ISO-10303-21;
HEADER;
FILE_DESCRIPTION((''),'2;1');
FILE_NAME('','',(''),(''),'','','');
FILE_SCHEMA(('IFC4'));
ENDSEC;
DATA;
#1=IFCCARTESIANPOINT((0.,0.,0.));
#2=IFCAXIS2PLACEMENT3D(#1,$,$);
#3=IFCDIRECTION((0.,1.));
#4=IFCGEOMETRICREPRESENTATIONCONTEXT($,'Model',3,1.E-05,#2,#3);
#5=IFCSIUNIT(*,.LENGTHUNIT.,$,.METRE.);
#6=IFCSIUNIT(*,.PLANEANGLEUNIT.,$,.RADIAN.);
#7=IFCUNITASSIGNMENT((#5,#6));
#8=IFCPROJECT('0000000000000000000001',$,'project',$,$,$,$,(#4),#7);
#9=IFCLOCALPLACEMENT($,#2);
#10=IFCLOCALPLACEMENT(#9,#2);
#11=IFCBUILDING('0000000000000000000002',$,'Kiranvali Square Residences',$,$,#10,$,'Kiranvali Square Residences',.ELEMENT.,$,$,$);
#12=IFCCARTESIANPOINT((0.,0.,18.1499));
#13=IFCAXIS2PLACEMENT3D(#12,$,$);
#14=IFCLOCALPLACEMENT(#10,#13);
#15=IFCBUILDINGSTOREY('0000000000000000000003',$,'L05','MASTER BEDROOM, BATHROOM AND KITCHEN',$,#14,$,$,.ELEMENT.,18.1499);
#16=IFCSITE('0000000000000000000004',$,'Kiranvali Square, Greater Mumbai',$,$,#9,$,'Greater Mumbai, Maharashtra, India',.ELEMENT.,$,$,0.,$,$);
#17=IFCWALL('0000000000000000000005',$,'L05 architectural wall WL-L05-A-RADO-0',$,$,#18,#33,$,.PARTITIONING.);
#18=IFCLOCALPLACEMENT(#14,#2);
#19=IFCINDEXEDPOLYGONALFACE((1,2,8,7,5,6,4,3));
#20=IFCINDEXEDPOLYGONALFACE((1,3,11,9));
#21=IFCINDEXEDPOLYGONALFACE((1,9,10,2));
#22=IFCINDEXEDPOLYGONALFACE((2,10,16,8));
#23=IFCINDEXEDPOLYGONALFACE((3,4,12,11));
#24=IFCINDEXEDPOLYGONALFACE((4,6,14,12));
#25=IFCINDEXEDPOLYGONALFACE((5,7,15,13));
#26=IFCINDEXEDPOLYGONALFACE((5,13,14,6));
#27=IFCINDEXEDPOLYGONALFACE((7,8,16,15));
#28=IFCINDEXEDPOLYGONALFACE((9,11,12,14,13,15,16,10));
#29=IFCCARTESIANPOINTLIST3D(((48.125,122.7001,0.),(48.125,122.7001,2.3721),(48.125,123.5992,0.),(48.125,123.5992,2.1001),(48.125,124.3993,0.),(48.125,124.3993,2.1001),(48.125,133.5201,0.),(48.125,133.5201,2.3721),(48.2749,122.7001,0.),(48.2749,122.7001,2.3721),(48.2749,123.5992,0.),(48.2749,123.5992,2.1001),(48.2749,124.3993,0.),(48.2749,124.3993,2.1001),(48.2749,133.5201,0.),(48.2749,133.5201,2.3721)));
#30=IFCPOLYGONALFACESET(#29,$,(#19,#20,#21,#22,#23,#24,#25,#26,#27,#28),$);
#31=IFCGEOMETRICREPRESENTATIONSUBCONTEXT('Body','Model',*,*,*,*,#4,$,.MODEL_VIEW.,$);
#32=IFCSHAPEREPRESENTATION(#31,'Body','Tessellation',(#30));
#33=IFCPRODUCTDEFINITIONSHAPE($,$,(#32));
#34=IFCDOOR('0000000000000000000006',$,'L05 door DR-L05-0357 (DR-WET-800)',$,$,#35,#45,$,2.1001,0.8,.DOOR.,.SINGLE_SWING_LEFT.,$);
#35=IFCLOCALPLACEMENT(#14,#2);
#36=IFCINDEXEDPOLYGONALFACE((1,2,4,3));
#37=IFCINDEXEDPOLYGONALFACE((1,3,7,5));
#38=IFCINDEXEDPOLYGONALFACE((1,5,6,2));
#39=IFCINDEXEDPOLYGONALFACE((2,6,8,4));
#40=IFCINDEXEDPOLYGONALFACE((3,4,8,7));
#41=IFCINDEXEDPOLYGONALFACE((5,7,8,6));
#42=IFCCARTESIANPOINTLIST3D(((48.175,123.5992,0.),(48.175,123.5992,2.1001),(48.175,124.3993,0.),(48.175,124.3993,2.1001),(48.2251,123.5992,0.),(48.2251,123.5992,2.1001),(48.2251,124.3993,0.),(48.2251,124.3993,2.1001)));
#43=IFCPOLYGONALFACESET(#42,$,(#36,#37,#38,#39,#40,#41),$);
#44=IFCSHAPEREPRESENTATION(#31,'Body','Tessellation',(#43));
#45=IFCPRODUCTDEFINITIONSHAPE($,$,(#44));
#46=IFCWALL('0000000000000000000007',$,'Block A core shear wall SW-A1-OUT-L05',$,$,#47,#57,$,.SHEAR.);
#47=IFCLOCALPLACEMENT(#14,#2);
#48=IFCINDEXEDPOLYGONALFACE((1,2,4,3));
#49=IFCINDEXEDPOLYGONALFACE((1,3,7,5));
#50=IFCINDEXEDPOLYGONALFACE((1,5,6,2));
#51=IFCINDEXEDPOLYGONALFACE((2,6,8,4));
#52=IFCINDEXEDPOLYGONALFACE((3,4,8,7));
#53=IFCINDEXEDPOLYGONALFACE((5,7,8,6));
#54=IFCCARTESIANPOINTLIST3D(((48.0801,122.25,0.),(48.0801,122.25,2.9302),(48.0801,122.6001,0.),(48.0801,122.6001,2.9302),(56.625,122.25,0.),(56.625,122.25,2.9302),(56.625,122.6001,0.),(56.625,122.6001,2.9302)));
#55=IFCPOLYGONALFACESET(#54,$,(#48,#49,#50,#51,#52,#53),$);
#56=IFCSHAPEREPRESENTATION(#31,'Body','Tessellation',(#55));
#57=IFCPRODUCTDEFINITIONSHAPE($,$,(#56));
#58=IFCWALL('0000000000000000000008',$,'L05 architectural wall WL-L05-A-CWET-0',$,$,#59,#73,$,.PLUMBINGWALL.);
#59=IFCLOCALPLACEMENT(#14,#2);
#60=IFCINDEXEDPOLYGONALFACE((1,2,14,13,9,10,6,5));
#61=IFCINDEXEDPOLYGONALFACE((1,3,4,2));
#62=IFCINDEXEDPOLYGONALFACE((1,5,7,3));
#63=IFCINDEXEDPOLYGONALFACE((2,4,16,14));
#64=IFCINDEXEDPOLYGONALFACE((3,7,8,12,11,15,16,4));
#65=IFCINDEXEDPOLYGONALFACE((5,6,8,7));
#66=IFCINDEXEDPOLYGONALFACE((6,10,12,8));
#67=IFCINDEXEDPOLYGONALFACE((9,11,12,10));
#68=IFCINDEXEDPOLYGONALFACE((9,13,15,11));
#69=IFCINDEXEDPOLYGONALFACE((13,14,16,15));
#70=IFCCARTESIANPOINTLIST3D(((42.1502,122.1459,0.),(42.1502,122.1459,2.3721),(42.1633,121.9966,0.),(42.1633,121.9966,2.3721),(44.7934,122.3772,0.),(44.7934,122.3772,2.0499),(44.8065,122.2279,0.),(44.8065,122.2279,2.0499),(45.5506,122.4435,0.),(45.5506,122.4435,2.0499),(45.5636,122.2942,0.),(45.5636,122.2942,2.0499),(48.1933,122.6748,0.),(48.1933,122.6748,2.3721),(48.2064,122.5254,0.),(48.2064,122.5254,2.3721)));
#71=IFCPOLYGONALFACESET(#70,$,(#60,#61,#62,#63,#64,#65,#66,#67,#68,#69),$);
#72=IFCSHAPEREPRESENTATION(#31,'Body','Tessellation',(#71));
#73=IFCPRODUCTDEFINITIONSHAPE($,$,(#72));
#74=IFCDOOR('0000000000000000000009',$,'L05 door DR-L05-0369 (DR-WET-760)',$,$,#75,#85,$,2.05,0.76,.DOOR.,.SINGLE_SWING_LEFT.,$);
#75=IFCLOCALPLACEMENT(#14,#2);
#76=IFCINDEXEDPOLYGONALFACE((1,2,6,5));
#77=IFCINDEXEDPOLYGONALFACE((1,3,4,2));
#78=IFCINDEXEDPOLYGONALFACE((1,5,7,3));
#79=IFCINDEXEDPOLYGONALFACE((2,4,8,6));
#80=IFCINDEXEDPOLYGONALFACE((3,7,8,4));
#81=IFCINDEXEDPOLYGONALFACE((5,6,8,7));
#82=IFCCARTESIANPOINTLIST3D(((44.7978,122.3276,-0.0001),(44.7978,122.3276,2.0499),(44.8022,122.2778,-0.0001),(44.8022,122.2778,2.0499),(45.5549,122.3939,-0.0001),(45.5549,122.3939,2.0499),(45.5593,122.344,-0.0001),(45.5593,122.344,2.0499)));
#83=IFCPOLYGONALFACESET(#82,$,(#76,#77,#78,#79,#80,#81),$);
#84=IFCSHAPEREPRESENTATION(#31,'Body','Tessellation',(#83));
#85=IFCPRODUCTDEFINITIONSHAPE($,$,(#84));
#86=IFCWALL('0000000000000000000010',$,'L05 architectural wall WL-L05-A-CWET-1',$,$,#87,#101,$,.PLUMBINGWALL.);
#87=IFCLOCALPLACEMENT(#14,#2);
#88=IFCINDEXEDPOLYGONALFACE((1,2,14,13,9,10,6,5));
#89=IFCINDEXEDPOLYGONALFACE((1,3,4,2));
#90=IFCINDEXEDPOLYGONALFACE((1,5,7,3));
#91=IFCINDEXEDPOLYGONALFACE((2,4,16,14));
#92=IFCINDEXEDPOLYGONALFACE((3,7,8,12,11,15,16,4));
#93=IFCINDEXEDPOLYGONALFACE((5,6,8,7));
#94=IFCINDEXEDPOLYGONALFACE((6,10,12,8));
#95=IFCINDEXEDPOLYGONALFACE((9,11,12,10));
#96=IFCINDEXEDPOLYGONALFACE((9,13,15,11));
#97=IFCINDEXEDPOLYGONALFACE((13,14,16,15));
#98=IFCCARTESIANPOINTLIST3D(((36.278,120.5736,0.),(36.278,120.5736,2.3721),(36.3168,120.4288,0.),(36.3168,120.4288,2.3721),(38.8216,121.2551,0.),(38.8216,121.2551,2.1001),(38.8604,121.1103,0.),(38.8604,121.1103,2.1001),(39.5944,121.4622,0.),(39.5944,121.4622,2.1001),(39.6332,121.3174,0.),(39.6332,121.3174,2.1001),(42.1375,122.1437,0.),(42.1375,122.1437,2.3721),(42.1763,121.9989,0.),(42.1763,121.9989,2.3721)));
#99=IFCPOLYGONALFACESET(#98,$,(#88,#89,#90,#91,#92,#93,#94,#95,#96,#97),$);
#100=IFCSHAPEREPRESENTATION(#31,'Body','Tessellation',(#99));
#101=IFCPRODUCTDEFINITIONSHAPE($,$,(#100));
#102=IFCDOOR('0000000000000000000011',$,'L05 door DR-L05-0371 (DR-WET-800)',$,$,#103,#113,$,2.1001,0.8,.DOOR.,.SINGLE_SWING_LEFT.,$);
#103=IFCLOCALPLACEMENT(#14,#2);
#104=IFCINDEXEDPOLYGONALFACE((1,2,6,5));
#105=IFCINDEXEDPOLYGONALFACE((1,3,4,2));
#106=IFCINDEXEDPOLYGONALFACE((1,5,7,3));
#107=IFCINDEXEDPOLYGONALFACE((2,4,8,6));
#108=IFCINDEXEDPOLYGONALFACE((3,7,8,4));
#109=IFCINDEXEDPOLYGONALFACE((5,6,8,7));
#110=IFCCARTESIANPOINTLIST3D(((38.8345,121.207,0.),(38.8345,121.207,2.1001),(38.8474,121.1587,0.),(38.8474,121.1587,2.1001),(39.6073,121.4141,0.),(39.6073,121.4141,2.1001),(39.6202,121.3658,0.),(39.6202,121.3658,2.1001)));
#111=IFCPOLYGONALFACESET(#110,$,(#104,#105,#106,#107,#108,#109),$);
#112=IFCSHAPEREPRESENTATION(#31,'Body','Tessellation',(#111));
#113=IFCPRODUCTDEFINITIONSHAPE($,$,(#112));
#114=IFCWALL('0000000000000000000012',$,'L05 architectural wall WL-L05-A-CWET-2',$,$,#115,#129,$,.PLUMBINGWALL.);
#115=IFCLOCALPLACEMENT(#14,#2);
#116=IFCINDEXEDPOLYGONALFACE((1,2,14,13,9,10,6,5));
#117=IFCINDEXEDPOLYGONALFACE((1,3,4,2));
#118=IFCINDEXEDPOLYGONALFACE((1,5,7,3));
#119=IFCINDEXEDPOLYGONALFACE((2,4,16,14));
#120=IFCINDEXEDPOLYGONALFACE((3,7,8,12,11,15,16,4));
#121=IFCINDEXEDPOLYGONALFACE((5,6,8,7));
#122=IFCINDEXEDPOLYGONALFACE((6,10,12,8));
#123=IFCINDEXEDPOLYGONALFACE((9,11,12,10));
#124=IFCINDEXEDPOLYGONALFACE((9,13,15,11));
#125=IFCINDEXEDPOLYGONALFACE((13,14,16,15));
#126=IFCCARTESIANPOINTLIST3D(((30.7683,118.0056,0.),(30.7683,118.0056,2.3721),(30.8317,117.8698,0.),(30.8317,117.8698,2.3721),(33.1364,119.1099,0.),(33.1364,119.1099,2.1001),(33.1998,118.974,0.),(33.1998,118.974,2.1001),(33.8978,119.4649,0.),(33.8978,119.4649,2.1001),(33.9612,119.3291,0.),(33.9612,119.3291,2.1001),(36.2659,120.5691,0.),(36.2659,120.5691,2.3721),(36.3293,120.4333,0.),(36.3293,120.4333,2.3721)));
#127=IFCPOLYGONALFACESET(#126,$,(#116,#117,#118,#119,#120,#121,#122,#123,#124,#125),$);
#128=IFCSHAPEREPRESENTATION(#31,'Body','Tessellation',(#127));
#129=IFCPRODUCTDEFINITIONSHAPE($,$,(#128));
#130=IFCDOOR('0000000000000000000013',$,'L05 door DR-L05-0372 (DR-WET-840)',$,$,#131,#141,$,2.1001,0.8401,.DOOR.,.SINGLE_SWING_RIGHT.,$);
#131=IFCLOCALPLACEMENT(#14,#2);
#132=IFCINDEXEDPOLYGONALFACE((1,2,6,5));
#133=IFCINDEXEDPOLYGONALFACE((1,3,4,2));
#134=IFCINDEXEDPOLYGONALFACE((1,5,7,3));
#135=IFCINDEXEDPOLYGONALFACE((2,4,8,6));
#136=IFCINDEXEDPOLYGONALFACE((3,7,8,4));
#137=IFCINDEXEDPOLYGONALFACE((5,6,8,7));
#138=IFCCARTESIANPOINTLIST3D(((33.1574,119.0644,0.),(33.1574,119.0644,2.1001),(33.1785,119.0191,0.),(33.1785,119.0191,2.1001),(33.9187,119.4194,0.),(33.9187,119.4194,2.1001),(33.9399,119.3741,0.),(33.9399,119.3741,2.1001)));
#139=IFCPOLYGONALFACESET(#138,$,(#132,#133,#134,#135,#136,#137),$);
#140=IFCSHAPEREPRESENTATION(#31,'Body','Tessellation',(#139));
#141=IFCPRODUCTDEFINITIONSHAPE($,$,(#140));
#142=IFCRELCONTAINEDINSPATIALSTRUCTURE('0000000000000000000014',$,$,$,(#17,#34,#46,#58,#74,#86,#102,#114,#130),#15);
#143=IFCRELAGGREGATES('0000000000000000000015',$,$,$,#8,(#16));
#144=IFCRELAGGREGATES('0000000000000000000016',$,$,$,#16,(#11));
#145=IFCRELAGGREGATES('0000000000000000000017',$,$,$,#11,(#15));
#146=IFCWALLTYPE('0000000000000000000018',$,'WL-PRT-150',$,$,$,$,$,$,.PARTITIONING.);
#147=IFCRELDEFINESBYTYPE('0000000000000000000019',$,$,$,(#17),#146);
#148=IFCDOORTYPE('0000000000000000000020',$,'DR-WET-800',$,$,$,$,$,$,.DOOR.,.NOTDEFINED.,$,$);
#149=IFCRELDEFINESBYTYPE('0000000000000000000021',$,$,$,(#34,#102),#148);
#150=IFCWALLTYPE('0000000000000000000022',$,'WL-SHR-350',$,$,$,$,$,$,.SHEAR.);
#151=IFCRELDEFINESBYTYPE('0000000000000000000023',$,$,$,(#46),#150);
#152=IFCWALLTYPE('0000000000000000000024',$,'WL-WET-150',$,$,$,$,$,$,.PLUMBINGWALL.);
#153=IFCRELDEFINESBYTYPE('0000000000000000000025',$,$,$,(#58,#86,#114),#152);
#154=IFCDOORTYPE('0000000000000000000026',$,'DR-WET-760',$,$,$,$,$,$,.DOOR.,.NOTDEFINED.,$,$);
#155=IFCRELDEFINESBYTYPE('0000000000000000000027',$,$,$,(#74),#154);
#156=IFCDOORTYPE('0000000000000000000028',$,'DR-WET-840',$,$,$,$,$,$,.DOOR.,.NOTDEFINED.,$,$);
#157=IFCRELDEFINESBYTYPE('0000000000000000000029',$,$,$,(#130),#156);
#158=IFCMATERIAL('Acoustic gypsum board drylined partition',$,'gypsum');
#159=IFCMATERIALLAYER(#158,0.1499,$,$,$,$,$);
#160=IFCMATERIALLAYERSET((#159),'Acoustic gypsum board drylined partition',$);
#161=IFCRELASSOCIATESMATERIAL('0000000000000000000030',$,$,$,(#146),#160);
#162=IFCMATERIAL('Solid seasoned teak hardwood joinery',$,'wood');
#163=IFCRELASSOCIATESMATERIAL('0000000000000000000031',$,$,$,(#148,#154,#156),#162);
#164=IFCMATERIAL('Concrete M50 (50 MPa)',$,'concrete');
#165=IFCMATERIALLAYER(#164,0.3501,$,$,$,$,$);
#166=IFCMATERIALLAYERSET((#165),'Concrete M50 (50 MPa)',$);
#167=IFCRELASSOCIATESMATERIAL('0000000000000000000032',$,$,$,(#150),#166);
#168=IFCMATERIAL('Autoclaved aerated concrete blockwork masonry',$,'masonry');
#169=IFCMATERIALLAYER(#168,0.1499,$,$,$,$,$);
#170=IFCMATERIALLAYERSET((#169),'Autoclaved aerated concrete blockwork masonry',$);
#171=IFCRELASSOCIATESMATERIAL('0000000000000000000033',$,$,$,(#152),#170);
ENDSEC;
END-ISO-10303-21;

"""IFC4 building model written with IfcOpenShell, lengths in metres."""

from ifc_helpers import new_model, si_unit, direction, frame, frame_2d, origin, place, context, subcontext, project, spatial, rectangle, extrude, material, layer, layer_set, type_object, element, fill, save


model = new_model("IFC4")

# Units and contexts
model_context = context("Model", 3, precision=1e-05, world=origin(), true_north=direction((0.0, 1.0)))
body_context = subcontext(model_context, "Body", "Model", "MODEL_VIEW")
ifc_project = project(units=[si_unit("LENGTHUNIT", "METRE"), si_unit("PLANEANGLEUNIT", "RADIAN")], contexts=[model_context])

# Site, building, storey
site_placement = place(None, origin())
site = spatial("IfcSite", under=ifc_project, at=site_placement, Name="Kiranvali Square, Greater Mumbai", LongName="Greater Mumbai, Maharashtra, India", CompositionType="ELEMENT", RefElevation=0.0)
building_placement = place(site_placement, origin())
building = spatial("IfcBuilding", under=site, at=building_placement, Name="Kiranvali Square Residences", LongName="Kiranvali Square Residences", CompositionType="ELEMENT")
storey_placement = place(building_placement, frame((0.0, 0.0, 18.1499)))
storey = spatial("IfcBuildingStorey", under=building, at=storey_placement, Name="L05", Description="MASTER BEDROOM, BATHROOM AND KITCHEN", CompositionType="ELEMENT", Elevation=18.1499)

# Wall, opening, door
ifc_material_1 = material(Name="Acoustic gypsum board drylined partition", Category="gypsum")
ifc_layer_1 = layer(ifc_material_1, 0.1499)
ifc_layer_set_1 = layer_set([ifc_layer_1], Name="Acoustic gypsum board drylined partition")
wall_type_1 = type_object("IfcWallType", Name="WL-PRT-150", PredefinedType="PARTITIONING", material=ifc_layer_set_1)
wall_1_placement = place(storey_placement, frame((48.2, 122.7, 0.0), z_axis=(0.0, 0.0, 1.0), x_axis=(0.0, 1.0, 0.0)))
wall_1 = element("IfcWall", 1, at=wall_1_placement, inside=storey, type_object=wall_type_1, Name="L05 architectural wall WL-L05-A-RADO-0", PredefinedType="PARTITIONING", context=body_context, shape_type="SweptSolid", body=[
    extrude(rectangle(XDim=10.8201, YDim=0.1499, at=frame_2d((5.4102, 0.0))), origin(), (0.0, 0.0, 1.0), 2.3721),
])
opening_1_placement = place(wall_1_placement, frame((0.8994, 0.0, 0.0)))
opening_1 = element("IfcOpeningElement", 2, at=opening_1_placement, cuts=wall_1, PredefinedType="OPENING", context=body_context, shape_type="SweptSolid", body=[
    extrude(rectangle(XDim=0.8, YDim=2.1001, at=frame_2d((0.3999, 1.05))), frame((0.0, 0.085, 0.0), z_axis=(0.0, -1.0, 0.0), x_axis=(1.0, 0.0, 0.0)), (0.0, 0.0, 1.0), 0.1699),
])
ifc_material_2 = material(Name="Solid seasoned teak hardwood joinery", Category="wood")
door_type_1 = type_object("IfcDoorType", Name="DR-WET-800", OperationType="NOTDEFINED", PredefinedType="DOOR", material=ifc_material_2)
door_1_placement = place(opening_1_placement, origin())
door_1 = element("IfcDoor", 3, at=door_1_placement, inside=storey, type_object=door_type_1, Name="L05 door DR-L05-0357 (DR-WET-800)", OperationType="SINGLE_SWING_LEFT", OverallHeight=2.1001, OverallWidth=0.8, PredefinedType="DOOR", context=body_context, shape_type="SweptSolid", body=[
    extrude(rectangle(XDim=0.8, YDim=2.1001, at=frame_2d((0.3999, 1.05))), frame((0.0, 0.0249, 0.0), z_axis=(0.0, -1.0, 0.0), x_axis=(1.0, 0.0, 0.0)), (0.0, 0.0, 1.0), 0.05),
])
fill(opening_1, door_1)

# Wall
ifc_material_3 = material(Name="Concrete M50 (50 MPa)", Category="concrete")
ifc_layer_2 = layer(ifc_material_3, 0.3501)
ifc_layer_set_2 = layer_set([ifc_layer_2], Name="Concrete M50 (50 MPa)")
wall_type_2 = type_object("IfcWallType", Name="WL-SHR-350", PredefinedType="SHEAR", material=ifc_layer_set_2)
wall_2_placement = place(storey_placement, frame((48.0801, 122.425, 0.0), z_axis=(0.0, 0.0, 1.0), x_axis=(1.0, 0.0, 0.0)))
element("IfcWall", 4, at=wall_2_placement, inside=storey, type_object=wall_type_2, Name="Block A core shear wall SW-A1-OUT-L05", PredefinedType="SHEAR", context=body_context, shape_type="SweptSolid", body=[
    extrude(rectangle(XDim=8.5449, YDim=0.3501, at=frame_2d((4.2725, 0.0))), origin(), (0.0, 0.0, 1.0), 2.9302),
])

# Walls, openings, doors
ifc_material_4 = material(Name="Autoclaved aerated concrete blockwork masonry", Category="masonry")
ifc_layer_3 = layer(ifc_material_4, 0.1499)
ifc_layer_set_3 = layer_set([ifc_layer_3], Name="Autoclaved aerated concrete blockwork masonry")
wall_type_3 = type_object("IfcWallType", Name="WL-WET-150", PredefinedType="PLUMBINGWALL", material=ifc_layer_set_3)
wall_3_placement = place(storey_placement, frame((48.2, 122.6001, 0.0), z_axis=(0.0, 0.0, 1.0), x_axis=(-0.996193, -0.087175, 0.0)))
wall_3 = element("IfcWall", 5, at=wall_3_placement, inside=storey, type_object=wall_type_3, Name="L05 architectural wall WL-L05-A-CWET-0", PredefinedType="PLUMBINGWALL", context=body_context, shape_type="SweptSolid", body=[
    extrude(rectangle(XDim=6.0662, YDim=0.1499, at=frame_2d((3.0332, 0.0))), origin(), (0.0, 0.0, 1.0), 2.3721),
])
opening_2_placement = place(wall_3_placement, frame((2.6531, 0.0, 0.0)))
opening_2 = element("IfcOpeningElement", 6, at=opening_2_placement, cuts=wall_3, PredefinedType="OPENING", context=body_context, shape_type="SweptSolid", body=[
    extrude(rectangle(XDim=0.76, YDim=2.05, at=frame_2d((0.3799, 1.0249))), frame((0.0, 0.085, 0.0), z_axis=(0.0, -1.0, 0.0), x_axis=(1.0, 0.0, 0.0)), (0.0, 0.0, 1.0), 0.1699),
])
door_type_2 = type_object("IfcDoorType", Name="DR-WET-760", OperationType="NOTDEFINED", PredefinedType="DOOR", material=ifc_material_2)
door_2_placement = place(opening_2_placement, origin())
door_2 = element("IfcDoor", 7, at=door_2_placement, inside=storey, type_object=door_type_2, Name="L05 door DR-L05-0369 (DR-WET-760)", OperationType="SINGLE_SWING_LEFT", OverallHeight=2.05, OverallWidth=0.76, PredefinedType="DOOR", context=body_context, shape_type="SweptSolid", body=[
    extrude(rectangle(XDim=0.76, YDim=2.05, at=frame_2d((0.3799, 1.0249))), frame((0.0, 0.0249, 0.0), z_axis=(0.0, -1.0, 0.0), x_axis=(1.0, 0.0, 0.0)), (0.0, 0.0, 1.0), 0.05),
])
fill(opening_2, door_2)
wall_4_placement = place(storey_placement, frame((42.157, 122.0713, 0.0), z_axis=(0.0, 0.0, 1.0), x_axis=(-0.965924, -0.258827, 0.0)))
wall_4 = element("IfcWall", 8, at=wall_4_placement, inside=storey, type_object=wall_type_3, Name="L05 architectural wall WL-L05-A-CWET-1", PredefinedType="PLUMBINGWALL", context=body_context, shape_type="SweptSolid", body=[
    extrude(rectangle(XDim=6.0662, YDim=0.1499, at=frame_2d((3.0332, 0.0))), origin(), (0.0, 0.0, 1.0), 2.3721),
])
opening_3_placement = place(wall_4_placement, frame((2.6331, 0.0, 0.0)))
opening_3 = element("IfcOpeningElement", 9, at=opening_3_placement, cuts=wall_4, PredefinedType="OPENING", context=body_context, shape_type="SweptSolid", body=[
    extrude(rectangle(XDim=0.8, YDim=2.1001, at=frame_2d((0.3999, 1.05))), frame((0.0, 0.085, 0.0), z_axis=(0.0, -1.0, 0.0), x_axis=(1.0, 0.0, 0.0)), (0.0, 0.0, 1.0), 0.1699),
])
door_3_placement = place(opening_3_placement, origin())
door_3 = element("IfcDoor", 10, at=door_3_placement, inside=storey, type_object=door_type_1, Name="L05 door DR-L05-0371 (DR-WET-800)", OperationType="SINGLE_SWING_LEFT", OverallHeight=2.1001, OverallWidth=0.8, PredefinedType="DOOR", context=body_context, shape_type="SweptSolid", body=[
    extrude(rectangle(XDim=0.8, YDim=2.1001, at=frame_2d((0.3999, 1.05))), frame((0.0, 0.0249, 0.0), z_axis=(0.0, -1.0, 0.0), x_axis=(1.0, 0.0, 0.0)), (0.0, 0.0, 1.0), 0.05),
])
fill(opening_3, door_3)
wall_5_placement = place(storey_placement, frame((36.2976, 120.5012, 0.0), z_axis=(0.0, 0.0, 1.0), x_axis=(-0.906313, -0.422608, 0.0)))
wall_5 = element("IfcWall", 11, at=wall_5_placement, inside=storey, type_object=wall_type_3, Name="L05 architectural wall WL-L05-A-CWET-2", PredefinedType="PLUMBINGWALL", context=body_context, shape_type="SweptSolid", body=[
    extrude(rectangle(XDim=6.0659, YDim=0.1499, at=frame_2d((3.033, 0.0))), origin(), (0.0, 0.0, 1.0), 2.3721),
])
opening_4_placement = place(wall_5_placement, frame((2.613, 0.0, 0.0)))
opening_4 = element("IfcOpeningElement", 12, at=opening_4_placement, cuts=wall_5, PredefinedType="OPENING", context=body_context, shape_type="SweptSolid", body=[
    extrude(rectangle(XDim=0.8401, YDim=2.1001, at=frame_2d((0.4199, 1.05))), frame((0.0, 0.085, 0.0), z_axis=(0.0, -1.0, 0.0), x_axis=(1.0, 0.0, 0.0)), (0.0, 0.0, 1.0), 0.1699),
])
door_type_3 = type_object("IfcDoorType", Name="DR-WET-840", OperationType="NOTDEFINED", PredefinedType="DOOR", material=ifc_material_2)
door_4_placement = place(opening_4_placement, frame((0.8401, 0.0, 0.0), z_axis=(0.0, 0.0, 1.0), x_axis=(-1.0, 0.0, 0.0)))
door_4 = element("IfcDoor", 13, at=door_4_placement, inside=storey, type_object=door_type_3, Name="L05 door DR-L05-0372 (DR-WET-840)", OperationType="SINGLE_SWING_RIGHT", OverallHeight=2.1001, OverallWidth=0.8401, PredefinedType="DOOR", context=body_context, shape_type="SweptSolid", body=[
    extrude(rectangle(XDim=0.8401, YDim=2.1001, at=frame_2d((0.4199, 1.05))), frame((0.0, 0.0249, 0.0), z_axis=(0.0, -1.0, 0.0), x_axis=(1.0, 0.0, 0.0)), (0.0, 0.0, 1.0), 0.05),
])
fill(opening_4, door_4)

save(model, "model.ifc")
